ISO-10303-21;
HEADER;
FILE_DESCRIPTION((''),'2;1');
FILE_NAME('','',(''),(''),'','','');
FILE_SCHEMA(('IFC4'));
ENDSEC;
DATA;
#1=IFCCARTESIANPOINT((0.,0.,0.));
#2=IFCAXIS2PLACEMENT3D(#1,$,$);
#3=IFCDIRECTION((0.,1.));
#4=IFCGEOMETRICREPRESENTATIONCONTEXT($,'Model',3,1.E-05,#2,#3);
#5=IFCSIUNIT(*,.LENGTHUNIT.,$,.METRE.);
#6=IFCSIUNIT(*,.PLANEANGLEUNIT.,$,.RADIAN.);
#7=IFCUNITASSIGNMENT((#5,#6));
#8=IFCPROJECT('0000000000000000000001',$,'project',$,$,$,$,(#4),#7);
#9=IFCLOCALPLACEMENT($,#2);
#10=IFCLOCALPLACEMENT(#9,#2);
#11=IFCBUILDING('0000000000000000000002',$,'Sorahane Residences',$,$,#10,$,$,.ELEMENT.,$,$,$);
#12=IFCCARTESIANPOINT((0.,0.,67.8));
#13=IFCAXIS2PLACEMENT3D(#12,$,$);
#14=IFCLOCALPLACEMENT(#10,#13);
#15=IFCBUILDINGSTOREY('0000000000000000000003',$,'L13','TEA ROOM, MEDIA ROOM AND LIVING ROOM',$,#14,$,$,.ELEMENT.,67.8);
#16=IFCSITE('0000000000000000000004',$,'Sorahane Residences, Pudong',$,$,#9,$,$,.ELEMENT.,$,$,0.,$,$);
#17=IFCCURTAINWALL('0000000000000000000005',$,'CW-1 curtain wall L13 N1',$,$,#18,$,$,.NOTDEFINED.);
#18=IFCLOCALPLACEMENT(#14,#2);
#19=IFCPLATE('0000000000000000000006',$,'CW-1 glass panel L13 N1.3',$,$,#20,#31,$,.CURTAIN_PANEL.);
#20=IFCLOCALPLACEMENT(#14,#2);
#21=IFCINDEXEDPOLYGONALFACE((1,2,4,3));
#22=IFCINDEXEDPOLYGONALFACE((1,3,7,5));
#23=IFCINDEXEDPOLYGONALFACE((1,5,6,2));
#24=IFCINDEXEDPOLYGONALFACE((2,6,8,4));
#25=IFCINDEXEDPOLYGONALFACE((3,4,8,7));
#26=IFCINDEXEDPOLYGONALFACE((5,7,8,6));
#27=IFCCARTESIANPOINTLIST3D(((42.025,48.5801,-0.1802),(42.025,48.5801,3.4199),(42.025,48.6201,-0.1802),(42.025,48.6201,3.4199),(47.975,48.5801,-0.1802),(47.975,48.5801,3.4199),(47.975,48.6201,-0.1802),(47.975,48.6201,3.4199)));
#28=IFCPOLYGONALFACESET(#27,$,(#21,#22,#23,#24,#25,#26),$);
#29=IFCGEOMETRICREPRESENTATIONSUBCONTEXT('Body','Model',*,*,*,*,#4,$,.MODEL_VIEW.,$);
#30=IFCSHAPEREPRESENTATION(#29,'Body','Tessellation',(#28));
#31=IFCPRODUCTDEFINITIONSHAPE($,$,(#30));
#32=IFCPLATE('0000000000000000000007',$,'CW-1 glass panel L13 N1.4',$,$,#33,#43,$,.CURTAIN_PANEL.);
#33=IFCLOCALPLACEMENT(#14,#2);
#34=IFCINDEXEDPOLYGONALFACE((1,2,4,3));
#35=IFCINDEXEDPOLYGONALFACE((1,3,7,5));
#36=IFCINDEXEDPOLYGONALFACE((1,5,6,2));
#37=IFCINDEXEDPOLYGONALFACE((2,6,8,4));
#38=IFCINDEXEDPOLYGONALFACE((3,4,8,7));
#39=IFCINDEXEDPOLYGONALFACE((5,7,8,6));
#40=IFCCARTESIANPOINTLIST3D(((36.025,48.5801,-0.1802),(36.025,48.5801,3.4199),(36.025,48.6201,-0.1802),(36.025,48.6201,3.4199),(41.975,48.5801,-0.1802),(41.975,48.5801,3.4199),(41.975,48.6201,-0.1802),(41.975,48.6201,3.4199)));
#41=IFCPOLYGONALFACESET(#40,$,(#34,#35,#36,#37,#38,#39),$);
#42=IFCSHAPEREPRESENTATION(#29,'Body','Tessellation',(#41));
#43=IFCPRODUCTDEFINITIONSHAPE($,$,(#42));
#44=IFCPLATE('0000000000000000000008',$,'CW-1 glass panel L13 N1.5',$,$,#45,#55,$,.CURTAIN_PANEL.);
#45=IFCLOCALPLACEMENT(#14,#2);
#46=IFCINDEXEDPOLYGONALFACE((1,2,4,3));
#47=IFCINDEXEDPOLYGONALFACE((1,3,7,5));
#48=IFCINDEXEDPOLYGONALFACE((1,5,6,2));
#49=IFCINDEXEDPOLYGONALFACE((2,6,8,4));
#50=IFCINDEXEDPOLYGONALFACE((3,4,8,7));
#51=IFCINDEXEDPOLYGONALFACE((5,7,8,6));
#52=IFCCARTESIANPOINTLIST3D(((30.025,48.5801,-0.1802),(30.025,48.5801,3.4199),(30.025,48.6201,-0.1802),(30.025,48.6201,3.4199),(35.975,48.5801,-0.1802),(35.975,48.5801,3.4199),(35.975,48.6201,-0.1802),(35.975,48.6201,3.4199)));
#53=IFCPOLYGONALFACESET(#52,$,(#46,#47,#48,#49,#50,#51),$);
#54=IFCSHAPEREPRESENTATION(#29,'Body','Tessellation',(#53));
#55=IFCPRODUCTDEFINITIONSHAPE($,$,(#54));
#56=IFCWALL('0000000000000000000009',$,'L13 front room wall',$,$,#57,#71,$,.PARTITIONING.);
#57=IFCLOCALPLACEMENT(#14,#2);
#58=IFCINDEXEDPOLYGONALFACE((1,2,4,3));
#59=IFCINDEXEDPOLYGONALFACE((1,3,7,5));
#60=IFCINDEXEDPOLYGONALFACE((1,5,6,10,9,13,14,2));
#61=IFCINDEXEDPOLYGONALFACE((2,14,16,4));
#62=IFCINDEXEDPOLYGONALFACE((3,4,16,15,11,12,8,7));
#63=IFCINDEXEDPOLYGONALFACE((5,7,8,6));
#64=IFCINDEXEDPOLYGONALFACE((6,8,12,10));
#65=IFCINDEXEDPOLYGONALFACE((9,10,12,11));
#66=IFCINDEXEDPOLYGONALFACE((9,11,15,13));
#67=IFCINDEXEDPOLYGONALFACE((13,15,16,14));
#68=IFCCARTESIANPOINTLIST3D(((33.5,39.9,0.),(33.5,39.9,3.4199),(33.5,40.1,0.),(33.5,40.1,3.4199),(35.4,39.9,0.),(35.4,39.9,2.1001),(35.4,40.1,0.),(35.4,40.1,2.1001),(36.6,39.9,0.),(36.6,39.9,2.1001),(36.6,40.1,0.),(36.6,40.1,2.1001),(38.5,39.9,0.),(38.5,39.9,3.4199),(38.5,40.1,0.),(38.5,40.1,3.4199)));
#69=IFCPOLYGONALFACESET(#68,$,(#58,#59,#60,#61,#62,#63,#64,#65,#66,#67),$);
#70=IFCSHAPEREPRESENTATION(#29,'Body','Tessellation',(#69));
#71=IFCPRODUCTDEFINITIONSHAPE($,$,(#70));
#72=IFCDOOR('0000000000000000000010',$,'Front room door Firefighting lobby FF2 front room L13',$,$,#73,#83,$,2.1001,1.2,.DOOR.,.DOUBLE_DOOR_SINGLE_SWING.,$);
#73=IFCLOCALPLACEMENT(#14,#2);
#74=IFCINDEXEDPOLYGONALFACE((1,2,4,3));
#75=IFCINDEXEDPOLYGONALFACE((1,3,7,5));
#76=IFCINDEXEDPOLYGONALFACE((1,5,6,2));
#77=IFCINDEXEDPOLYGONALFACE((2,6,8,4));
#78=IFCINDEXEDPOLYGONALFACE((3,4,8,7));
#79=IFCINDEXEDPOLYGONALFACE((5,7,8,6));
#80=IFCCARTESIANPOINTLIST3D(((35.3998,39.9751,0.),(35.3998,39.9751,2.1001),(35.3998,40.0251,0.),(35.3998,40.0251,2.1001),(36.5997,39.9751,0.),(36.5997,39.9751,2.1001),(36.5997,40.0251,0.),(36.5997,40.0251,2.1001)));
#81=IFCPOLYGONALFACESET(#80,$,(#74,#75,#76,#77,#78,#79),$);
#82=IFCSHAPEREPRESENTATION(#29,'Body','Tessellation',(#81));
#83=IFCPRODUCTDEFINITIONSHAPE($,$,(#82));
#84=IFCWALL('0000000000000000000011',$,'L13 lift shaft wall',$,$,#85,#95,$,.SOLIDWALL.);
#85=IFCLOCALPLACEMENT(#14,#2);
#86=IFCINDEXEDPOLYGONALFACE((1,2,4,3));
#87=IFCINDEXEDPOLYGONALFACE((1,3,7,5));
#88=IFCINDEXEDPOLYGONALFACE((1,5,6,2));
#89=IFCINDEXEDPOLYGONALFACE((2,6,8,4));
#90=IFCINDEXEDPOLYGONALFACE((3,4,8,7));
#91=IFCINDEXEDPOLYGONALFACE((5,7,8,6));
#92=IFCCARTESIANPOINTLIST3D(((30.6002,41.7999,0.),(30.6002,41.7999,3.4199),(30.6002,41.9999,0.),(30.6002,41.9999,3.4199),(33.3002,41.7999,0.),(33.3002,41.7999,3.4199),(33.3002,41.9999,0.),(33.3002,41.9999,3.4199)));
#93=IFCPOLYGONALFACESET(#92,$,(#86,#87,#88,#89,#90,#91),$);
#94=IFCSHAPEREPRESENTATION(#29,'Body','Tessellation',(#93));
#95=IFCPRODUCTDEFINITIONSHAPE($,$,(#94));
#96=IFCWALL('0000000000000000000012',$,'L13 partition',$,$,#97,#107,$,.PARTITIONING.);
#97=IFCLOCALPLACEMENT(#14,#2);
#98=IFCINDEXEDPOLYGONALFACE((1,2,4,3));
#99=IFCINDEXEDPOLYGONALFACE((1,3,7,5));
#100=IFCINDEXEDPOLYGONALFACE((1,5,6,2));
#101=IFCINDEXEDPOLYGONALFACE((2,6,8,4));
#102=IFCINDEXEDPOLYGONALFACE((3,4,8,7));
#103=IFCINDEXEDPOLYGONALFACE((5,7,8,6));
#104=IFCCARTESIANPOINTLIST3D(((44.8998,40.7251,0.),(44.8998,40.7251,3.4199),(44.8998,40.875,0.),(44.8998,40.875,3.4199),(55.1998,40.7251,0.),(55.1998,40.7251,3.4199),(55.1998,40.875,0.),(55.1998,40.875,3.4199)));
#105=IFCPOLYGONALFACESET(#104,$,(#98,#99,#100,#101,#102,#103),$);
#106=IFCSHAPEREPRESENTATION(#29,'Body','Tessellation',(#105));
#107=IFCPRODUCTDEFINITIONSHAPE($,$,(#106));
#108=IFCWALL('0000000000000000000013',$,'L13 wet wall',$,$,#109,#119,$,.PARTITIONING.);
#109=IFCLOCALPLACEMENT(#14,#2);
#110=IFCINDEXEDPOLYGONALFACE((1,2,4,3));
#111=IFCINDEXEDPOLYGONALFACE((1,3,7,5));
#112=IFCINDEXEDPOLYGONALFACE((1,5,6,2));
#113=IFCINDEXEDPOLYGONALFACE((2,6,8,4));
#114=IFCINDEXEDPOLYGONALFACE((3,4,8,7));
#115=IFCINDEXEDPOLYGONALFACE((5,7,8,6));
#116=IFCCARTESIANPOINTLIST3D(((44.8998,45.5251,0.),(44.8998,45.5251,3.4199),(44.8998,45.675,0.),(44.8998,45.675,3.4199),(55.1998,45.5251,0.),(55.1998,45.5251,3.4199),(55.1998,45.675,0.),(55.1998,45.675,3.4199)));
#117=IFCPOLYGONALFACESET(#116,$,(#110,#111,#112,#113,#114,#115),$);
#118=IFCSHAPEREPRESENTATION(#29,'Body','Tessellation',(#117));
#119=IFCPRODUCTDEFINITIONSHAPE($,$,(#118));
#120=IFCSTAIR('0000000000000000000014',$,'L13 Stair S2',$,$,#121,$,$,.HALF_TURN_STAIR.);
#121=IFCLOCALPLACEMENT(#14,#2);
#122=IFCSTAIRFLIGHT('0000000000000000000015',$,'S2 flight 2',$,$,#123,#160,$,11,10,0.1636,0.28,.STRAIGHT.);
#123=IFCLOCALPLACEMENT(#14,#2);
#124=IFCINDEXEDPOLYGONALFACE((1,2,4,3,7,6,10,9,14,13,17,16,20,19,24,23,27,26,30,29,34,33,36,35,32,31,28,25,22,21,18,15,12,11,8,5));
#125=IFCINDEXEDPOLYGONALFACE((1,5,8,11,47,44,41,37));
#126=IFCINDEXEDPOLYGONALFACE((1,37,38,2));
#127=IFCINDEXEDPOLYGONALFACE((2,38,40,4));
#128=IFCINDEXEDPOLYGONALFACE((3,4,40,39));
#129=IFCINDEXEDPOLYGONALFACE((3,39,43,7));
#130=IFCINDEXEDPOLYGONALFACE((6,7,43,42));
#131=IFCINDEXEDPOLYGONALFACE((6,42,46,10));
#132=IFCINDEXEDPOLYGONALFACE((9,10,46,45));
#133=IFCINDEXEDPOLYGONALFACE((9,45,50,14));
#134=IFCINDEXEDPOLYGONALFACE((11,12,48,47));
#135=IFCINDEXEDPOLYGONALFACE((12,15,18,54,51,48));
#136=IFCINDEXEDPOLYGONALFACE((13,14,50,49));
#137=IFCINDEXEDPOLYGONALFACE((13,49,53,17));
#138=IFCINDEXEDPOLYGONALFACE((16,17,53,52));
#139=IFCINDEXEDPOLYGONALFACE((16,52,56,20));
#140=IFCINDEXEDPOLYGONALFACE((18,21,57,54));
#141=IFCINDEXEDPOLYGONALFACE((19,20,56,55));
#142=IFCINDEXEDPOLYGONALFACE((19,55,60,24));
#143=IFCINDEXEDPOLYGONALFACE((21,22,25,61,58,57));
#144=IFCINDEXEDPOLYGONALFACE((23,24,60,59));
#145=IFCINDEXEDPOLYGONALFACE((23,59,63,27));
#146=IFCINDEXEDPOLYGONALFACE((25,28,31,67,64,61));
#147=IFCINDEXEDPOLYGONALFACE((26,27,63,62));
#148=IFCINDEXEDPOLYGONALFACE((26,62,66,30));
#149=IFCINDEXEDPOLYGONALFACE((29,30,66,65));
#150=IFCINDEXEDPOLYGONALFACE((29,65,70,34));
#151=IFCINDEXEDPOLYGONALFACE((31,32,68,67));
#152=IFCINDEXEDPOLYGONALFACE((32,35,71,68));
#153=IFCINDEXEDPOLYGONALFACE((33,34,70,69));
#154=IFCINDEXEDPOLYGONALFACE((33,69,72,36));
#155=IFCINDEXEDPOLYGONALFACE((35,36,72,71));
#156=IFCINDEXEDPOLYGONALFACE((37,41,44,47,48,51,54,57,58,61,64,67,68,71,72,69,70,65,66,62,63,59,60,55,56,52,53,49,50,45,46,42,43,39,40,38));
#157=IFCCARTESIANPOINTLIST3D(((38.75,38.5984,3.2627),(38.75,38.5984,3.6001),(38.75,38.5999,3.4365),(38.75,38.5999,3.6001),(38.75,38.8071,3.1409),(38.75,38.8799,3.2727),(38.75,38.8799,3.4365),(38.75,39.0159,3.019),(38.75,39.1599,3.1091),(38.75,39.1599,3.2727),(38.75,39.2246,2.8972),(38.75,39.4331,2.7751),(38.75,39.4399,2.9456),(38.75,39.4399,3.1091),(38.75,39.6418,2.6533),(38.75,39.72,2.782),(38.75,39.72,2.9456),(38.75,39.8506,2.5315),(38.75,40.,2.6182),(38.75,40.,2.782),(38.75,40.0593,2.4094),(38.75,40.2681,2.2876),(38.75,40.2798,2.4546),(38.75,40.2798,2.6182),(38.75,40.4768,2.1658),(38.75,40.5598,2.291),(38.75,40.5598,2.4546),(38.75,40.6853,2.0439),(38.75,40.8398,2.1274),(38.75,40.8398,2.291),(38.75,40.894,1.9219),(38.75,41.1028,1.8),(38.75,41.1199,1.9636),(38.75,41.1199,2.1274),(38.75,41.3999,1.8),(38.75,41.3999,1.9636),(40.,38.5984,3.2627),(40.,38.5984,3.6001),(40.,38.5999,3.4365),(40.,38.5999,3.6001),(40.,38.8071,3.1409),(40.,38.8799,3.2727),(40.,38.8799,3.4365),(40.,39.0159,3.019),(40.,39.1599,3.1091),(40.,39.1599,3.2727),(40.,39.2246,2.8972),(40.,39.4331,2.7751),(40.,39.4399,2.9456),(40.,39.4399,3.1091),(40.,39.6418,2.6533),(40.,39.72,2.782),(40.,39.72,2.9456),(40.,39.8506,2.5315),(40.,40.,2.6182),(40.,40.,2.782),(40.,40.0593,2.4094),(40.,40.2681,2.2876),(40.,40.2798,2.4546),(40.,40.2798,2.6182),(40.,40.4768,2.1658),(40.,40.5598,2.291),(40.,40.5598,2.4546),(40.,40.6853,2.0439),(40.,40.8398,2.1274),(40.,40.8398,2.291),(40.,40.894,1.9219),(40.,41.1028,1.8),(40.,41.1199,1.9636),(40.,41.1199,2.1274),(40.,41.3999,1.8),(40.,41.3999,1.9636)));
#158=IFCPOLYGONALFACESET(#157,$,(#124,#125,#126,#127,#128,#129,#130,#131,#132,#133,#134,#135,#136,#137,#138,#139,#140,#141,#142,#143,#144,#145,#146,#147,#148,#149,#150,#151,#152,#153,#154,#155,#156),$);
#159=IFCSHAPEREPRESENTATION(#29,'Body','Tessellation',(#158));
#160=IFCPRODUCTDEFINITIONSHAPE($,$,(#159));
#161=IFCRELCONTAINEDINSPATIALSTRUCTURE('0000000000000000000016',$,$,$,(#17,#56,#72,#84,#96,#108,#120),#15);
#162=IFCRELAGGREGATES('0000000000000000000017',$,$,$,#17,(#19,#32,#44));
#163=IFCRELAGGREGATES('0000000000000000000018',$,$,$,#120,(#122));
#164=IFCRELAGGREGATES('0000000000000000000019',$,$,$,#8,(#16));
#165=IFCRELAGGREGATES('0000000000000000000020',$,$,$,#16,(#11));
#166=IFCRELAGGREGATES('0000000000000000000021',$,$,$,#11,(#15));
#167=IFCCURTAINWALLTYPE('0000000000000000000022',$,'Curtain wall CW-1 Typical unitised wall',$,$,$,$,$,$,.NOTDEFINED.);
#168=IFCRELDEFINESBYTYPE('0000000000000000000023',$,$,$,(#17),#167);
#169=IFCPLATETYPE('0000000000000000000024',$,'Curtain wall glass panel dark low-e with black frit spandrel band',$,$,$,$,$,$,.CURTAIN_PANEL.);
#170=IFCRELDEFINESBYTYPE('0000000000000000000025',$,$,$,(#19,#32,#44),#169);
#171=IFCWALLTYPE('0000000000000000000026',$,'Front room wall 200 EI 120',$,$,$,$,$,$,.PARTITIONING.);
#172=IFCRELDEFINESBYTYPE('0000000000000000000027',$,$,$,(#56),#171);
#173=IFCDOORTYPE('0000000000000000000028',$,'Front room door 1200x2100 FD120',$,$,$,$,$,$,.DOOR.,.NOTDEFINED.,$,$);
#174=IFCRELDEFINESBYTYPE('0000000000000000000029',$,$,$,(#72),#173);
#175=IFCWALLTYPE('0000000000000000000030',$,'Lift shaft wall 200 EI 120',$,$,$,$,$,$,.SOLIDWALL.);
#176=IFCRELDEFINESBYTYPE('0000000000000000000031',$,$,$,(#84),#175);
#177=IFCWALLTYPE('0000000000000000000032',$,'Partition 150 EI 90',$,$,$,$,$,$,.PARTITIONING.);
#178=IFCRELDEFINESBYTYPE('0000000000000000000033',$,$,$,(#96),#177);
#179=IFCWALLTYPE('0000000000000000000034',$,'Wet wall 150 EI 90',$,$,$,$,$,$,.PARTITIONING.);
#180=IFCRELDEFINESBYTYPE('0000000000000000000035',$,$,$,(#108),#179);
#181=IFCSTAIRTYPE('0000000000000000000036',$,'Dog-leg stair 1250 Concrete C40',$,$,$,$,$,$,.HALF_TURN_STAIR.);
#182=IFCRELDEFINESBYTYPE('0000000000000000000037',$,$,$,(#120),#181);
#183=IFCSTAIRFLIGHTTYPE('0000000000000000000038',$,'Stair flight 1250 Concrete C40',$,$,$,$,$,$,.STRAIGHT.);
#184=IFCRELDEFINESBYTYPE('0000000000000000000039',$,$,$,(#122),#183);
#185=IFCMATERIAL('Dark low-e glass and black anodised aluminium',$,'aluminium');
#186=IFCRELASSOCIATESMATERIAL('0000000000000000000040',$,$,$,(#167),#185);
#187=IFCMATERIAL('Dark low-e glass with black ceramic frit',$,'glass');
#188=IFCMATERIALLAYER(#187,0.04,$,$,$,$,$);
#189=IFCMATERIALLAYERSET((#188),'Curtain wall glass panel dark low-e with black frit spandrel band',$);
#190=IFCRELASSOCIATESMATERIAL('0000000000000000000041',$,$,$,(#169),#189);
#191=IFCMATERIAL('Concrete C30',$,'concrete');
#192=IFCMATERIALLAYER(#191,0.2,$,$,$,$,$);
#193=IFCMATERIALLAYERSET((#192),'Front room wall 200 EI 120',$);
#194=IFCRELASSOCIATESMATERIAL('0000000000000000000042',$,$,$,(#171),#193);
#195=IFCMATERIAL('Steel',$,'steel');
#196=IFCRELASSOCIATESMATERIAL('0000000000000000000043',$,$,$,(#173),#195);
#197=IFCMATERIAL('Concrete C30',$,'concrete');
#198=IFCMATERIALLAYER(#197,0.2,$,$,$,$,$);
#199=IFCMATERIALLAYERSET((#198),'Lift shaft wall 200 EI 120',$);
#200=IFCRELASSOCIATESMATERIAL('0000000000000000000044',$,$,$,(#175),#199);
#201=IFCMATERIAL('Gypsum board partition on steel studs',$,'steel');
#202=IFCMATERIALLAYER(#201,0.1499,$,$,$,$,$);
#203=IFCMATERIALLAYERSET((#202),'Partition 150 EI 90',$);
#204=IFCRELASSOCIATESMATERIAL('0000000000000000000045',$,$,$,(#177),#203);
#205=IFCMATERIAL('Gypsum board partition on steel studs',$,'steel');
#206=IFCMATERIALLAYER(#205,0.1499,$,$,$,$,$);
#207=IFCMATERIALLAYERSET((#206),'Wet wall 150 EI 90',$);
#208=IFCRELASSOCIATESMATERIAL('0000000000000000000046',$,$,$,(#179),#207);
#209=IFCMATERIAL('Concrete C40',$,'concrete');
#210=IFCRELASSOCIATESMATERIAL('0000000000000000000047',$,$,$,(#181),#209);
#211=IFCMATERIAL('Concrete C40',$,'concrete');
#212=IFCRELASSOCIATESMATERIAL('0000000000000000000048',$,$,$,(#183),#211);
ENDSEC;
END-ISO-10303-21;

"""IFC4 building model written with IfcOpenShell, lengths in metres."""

from ifc_helpers import new_model, si_unit, direction, frame, frame_2d, origin, origin_2d, place, context, subcontext, project, spatial, polyline, rectangle, outline, extrude, material, layer, layer_set, type_object, element, fill, aggregate, save


model = new_model("IFC4")

# Units and contexts
model_context = context("Model", 3, precision=1e-05, world=origin(), true_north=direction((0.0, 1.0)))
body_context = subcontext(model_context, "Body", "Model", "MODEL_VIEW")
ifc_project = project(units=[si_unit("LENGTHUNIT", "METRE"), si_unit("PLANEANGLEUNIT", "RADIAN")], contexts=[model_context])

# Site, building, storey
site_placement = place(None, origin())
site = spatial("IfcSite", under=ifc_project, at=site_placement, Name="Sorahane Residences, Pudong", CompositionType="ELEMENT", RefElevation=0.0)
building_placement = place(site_placement, origin())
building = spatial("IfcBuilding", under=site, at=building_placement, Name="Sorahane Residences", CompositionType="ELEMENT")
storey_placement = place(building_placement, frame((0.0, 0.0, 67.8)))
storey = spatial("IfcBuildingStorey", under=building, at=storey_placement, Name="L13", Description="TEA ROOM, MEDIA ROOM AND LIVING ROOM", CompositionType="ELEMENT", Elevation=67.8)

# Curtain wall
ifc_material_1 = material(Name="Dark low-e glass and black anodised aluminium", Category="aluminium")
curtain_wall_type = type_object("IfcCurtainWallType", Name="Curtain wall CW-1 Typical unitised wall", PredefinedType="NOTDEFINED", material=ifc_material_1)
curtain_wall_placement = place(storey_placement, origin())
curtain_wall = element("IfcCurtainWall", 1, at=curtain_wall_placement, inside=storey, type_object=curtain_wall_type, Name="CW-1 curtain wall L13 N1", PredefinedType="NOTDEFINED")

# Plates
ifc_material_2 = material(Name="Dark low-e glass with black ceramic frit", Category="glass")
ifc_layer_1 = layer(ifc_material_2, 0.04)
ifc_layer_set_1 = layer_set([ifc_layer_1], Name="Curtain wall glass panel dark low-e with black frit spandrel band")
plate_type = type_object("IfcPlateType", Name="Curtain wall glass panel dark low-e with black frit spandrel band", PredefinedType="CURTAIN_PANEL", material=ifc_layer_set_1)
plate_1_placement = place(storey_placement, frame((45.0, 48.6001, -0.1802), z_axis=(0.0, 0.0, 1.0), x_axis=(-1.0, 0.0, 0.0)))
plate_1 = element("IfcPlate", 2, at=plate_1_placement, type_object=plate_type, Name="CW-1 glass panel L13 N1.3", PredefinedType="CURTAIN_PANEL", context=body_context, shape_type="SweptSolid", body=[
    extrude(rectangle(XDim=5.95, YDim=0.04, at=origin_2d()), origin(), (0.0, 0.0, 1.0), 3.6001),
])
plate_2_placement = place(storey_placement, frame((39.0, 48.6001, -0.1802), z_axis=(0.0, 0.0, 1.0), x_axis=(-1.0, 0.0, 0.0)))
plate_2 = element("IfcPlate", 3, at=plate_2_placement, type_object=plate_type, Name="CW-1 glass panel L13 N1.4", PredefinedType="CURTAIN_PANEL", context=body_context, shape_type="SweptSolid", body=[
    extrude(rectangle(XDim=5.95, YDim=0.04, at=origin_2d()), origin(), (0.0, 0.0, 1.0), 3.6001),
])
plate_3_placement = place(storey_placement, frame((33.0, 48.6001, -0.1802), z_axis=(0.0, 0.0, 1.0), x_axis=(-1.0, 0.0, 0.0)))
plate_3 = element("IfcPlate", 4, at=plate_3_placement, type_object=plate_type, Name="CW-1 glass panel L13 N1.5", PredefinedType="CURTAIN_PANEL", context=body_context, shape_type="SweptSolid", body=[
    extrude(rectangle(XDim=5.95, YDim=0.04, at=origin_2d()), origin(), (0.0, 0.0, 1.0), 3.6001),
])
aggregate(curtain_wall, [plate_1, plate_2, plate_3])

# Wall, opening, door
ifc_material_3 = material(Name="Concrete C30", Category="concrete")
ifc_layer_2 = layer(ifc_material_3, 0.2)
ifc_layer_set_2 = layer_set([ifc_layer_2], Name="Front room wall 200 EI 120")
wall_type_1 = type_object("IfcWallType", Name="Front room wall 200 EI 120", PredefinedType="PARTITIONING", material=ifc_layer_set_2)
wall_1_placement = place(storey_placement, frame((33.5, 40.0, 0.0), z_axis=(0.0, 0.0, 1.0), x_axis=(1.0, 0.0, 0.0)))
wall_1 = element("IfcWall", 5, at=wall_1_placement, inside=storey, type_object=wall_type_1, Name="L13 front room wall", PredefinedType="PARTITIONING", context=body_context, shape_type="SweptSolid", body=[
    extrude(rectangle(XDim=5.0, YDim=0.2, at=frame_2d((2.5, 0.0))), origin(), (0.0, 0.0, 1.0), 3.4199),
])
opening_placement = place(wall_1_placement, frame((1.8999, 0.0, 0.0)))
opening = element("IfcOpeningElement", 6, at=opening_placement, cuts=wall_1, PredefinedType="OPENING", context=body_context, shape_type="SweptSolid", body=[
    extrude(rectangle(XDim=1.2, YDim=2.1001, at=frame_2d((0.6001, 1.05))), frame((0.0, 0.1099, 0.0), z_axis=(0.0, -1.0, 0.0), x_axis=(1.0, 0.0, 0.0)), (0.0, 0.0, 1.0), 0.22),
])
ifc_material_4 = material(Name="Steel", Category="steel")
door_type = type_object("IfcDoorType", Name="Front room door 1200x2100 FD120", OperationType="NOTDEFINED", PredefinedType="DOOR", material=ifc_material_4)
door_placement = place(opening_placement, frame((1.2, 0.0, 0.0), z_axis=(0.0, 0.0, 1.0), x_axis=(-1.0, 0.0, 0.0)))
door = element("IfcDoor", 7, at=door_placement, inside=storey, type_object=door_type, Name="Front room door Firefighting lobby FF2 front room L13", OperationType="DOUBLE_DOOR_SINGLE_SWING", OverallHeight=2.1001, OverallWidth=1.2, PredefinedType="DOOR", context=body_context, shape_type="SweptSolid", body=[
    extrude(rectangle(XDim=1.2, YDim=2.1001, at=frame_2d((0.6001, 1.05))), frame((0.0, 0.0249, 0.0), z_axis=(0.0, -1.0, 0.0), x_axis=(1.0, 0.0, 0.0)), (0.0, 0.0, 1.0), 0.05),
])
fill(opening, door)

# Walls
ifc_material_5 = material(Name="Concrete C30", Category="concrete")
ifc_layer_3 = layer(ifc_material_5, 0.2)
ifc_layer_set_3 = layer_set([ifc_layer_3], Name="Lift shaft wall 200 EI 120")
wall_type_2 = type_object("IfcWallType", Name="Lift shaft wall 200 EI 120", PredefinedType="SOLIDWALL", material=ifc_layer_set_3)
wall_2_placement = place(storey_placement, frame((30.6001, 41.8999, 0.0), z_axis=(0.0, 0.0, 1.0), x_axis=(1.0, 0.0, 0.0)))
element("IfcWall", 8, at=wall_2_placement, inside=storey, type_object=wall_type_2, Name="L13 lift shaft wall", PredefinedType="SOLIDWALL", context=body_context, shape_type="SweptSolid", body=[
    extrude(rectangle(XDim=2.7, YDim=0.2, at=frame_2d((1.3501, 0.0))), origin(), (0.0, 0.0, 1.0), 3.4199),
])
ifc_material_6 = material(Name="Gypsum board partition on steel studs", Category="steel")
ifc_layer_4 = layer(ifc_material_6, 0.1499)
ifc_layer_set_4 = layer_set([ifc_layer_4], Name="Partition 150 EI 90")
wall_type_3 = type_object("IfcWallType", Name="Partition 150 EI 90", PredefinedType="PARTITIONING", material=ifc_layer_set_4)
wall_3_placement = place(storey_placement, frame((44.8999, 40.8, 0.0), z_axis=(0.0, 0.0, 1.0), x_axis=(1.0, 0.0, 0.0)))
element("IfcWall", 9, at=wall_3_placement, inside=storey, type_object=wall_type_3, Name="L13 partition", PredefinedType="PARTITIONING", context=body_context, shape_type="SweptSolid", body=[
    extrude(rectangle(XDim=10.3, YDim=0.1499, at=frame_2d((5.1499, 0.0))), origin(), (0.0, 0.0, 1.0), 3.4199),
])
ifc_material_7 = material(Name="Gypsum board partition on steel studs", Category="steel")
ifc_layer_5 = layer(ifc_material_7, 0.1499)
ifc_layer_set_5 = layer_set([ifc_layer_5], Name="Wet wall 150 EI 90")
wall_type_4 = type_object("IfcWallType", Name="Wet wall 150 EI 90", PredefinedType="PARTITIONING", material=ifc_layer_set_5)
wall_4_placement = place(storey_placement, frame((44.8999, 45.6001, 0.0), z_axis=(0.0, 0.0, 1.0), x_axis=(1.0, 0.0, 0.0)))
element("IfcWall", 10, at=wall_4_placement, inside=storey, type_object=wall_type_4, Name="L13 wet wall", PredefinedType="PARTITIONING", context=body_context, shape_type="SweptSolid", body=[
    extrude(rectangle(XDim=10.3, YDim=0.1499, at=frame_2d((5.1499, 0.0))), origin(), (0.0, 0.0, 1.0), 3.4199),
])

# Stair, stair flight
ifc_material_8 = material(Name="Concrete C40", Category="concrete")
stair_type = type_object("IfcStairType", Name="Dog-leg stair 1250 Concrete C40", PredefinedType="HALF_TURN_STAIR", material=ifc_material_8)
stair_placement = place(storey_placement, origin())
stair = element("IfcStair", 11, at=stair_placement, inside=storey, type_object=stair_type, Name="L13 Stair S2", PredefinedType="HALF_TURN_STAIR")
ifc_material_9 = material(Name="Concrete C40", Category="concrete")
stair_flight_type = type_object("IfcStairFlightType", Name="Stair flight 1250 Concrete C40", PredefinedType="STRAIGHT", material=ifc_material_9)
stair_flight_placement = place(storey_placement, frame((39.375, 41.3999, 1.8), z_axis=(0.0, 0.0, 1.0), x_axis=(0.0, -1.0, 0.0)))
stair_flight = element("IfcStairFlight", 12, at=stair_flight_placement, type_object=stair_flight_type, Name="S2 flight 2", NumberOfRisers=11, NumberOfTreads=10, PredefinedType="STRAIGHT", RiserHeight=0.1636, TreadLength=0.28, context=body_context, shape_type="SweptSolid", body=[
    extrude(outline(polyline([(0.0, 0.0), (0.0, 0.1636), (0.28, 0.1636), (0.28, 0.3274), (0.5601, 0.3274), (0.5601, 0.491), (0.8401, 0.491), (0.8401, 0.6545), (1.1201, 0.6545), (1.1201, 0.8181), (1.3999, 0.8181), (1.3999, 0.9819), (1.6799, 0.9819), (1.6799, 1.1455), (1.96, 1.1455), (1.96, 1.3091), (2.24, 1.3091), (2.24, 1.4727), (2.52, 1.4727), (2.52, 1.6365), (2.8, 1.6365), (2.8, 1.8), (2.8015, 1.8), (2.8015, 1.4626), (2.5928, 1.3408), (2.384, 1.219), (2.1753, 1.0972), (1.9668, 0.9751), (1.7581, 0.8533), (1.5493, 0.7314), (1.3406, 0.6094), (1.1318, 0.4875), (0.9231, 0.3657), (0.7146, 0.2439), (0.5059, 0.1218), (0.2971, 0.0), (0.0, 0.0)])), frame((0.0, 0.625, 0.0), z_axis=(0.0, -1.0, 0.0), x_axis=(1.0, 0.0, 0.0)), (0.0, 0.0, 1.0), 1.25),
])
aggregate(stair, [stair_flight])

save(model, "model.ifc")
